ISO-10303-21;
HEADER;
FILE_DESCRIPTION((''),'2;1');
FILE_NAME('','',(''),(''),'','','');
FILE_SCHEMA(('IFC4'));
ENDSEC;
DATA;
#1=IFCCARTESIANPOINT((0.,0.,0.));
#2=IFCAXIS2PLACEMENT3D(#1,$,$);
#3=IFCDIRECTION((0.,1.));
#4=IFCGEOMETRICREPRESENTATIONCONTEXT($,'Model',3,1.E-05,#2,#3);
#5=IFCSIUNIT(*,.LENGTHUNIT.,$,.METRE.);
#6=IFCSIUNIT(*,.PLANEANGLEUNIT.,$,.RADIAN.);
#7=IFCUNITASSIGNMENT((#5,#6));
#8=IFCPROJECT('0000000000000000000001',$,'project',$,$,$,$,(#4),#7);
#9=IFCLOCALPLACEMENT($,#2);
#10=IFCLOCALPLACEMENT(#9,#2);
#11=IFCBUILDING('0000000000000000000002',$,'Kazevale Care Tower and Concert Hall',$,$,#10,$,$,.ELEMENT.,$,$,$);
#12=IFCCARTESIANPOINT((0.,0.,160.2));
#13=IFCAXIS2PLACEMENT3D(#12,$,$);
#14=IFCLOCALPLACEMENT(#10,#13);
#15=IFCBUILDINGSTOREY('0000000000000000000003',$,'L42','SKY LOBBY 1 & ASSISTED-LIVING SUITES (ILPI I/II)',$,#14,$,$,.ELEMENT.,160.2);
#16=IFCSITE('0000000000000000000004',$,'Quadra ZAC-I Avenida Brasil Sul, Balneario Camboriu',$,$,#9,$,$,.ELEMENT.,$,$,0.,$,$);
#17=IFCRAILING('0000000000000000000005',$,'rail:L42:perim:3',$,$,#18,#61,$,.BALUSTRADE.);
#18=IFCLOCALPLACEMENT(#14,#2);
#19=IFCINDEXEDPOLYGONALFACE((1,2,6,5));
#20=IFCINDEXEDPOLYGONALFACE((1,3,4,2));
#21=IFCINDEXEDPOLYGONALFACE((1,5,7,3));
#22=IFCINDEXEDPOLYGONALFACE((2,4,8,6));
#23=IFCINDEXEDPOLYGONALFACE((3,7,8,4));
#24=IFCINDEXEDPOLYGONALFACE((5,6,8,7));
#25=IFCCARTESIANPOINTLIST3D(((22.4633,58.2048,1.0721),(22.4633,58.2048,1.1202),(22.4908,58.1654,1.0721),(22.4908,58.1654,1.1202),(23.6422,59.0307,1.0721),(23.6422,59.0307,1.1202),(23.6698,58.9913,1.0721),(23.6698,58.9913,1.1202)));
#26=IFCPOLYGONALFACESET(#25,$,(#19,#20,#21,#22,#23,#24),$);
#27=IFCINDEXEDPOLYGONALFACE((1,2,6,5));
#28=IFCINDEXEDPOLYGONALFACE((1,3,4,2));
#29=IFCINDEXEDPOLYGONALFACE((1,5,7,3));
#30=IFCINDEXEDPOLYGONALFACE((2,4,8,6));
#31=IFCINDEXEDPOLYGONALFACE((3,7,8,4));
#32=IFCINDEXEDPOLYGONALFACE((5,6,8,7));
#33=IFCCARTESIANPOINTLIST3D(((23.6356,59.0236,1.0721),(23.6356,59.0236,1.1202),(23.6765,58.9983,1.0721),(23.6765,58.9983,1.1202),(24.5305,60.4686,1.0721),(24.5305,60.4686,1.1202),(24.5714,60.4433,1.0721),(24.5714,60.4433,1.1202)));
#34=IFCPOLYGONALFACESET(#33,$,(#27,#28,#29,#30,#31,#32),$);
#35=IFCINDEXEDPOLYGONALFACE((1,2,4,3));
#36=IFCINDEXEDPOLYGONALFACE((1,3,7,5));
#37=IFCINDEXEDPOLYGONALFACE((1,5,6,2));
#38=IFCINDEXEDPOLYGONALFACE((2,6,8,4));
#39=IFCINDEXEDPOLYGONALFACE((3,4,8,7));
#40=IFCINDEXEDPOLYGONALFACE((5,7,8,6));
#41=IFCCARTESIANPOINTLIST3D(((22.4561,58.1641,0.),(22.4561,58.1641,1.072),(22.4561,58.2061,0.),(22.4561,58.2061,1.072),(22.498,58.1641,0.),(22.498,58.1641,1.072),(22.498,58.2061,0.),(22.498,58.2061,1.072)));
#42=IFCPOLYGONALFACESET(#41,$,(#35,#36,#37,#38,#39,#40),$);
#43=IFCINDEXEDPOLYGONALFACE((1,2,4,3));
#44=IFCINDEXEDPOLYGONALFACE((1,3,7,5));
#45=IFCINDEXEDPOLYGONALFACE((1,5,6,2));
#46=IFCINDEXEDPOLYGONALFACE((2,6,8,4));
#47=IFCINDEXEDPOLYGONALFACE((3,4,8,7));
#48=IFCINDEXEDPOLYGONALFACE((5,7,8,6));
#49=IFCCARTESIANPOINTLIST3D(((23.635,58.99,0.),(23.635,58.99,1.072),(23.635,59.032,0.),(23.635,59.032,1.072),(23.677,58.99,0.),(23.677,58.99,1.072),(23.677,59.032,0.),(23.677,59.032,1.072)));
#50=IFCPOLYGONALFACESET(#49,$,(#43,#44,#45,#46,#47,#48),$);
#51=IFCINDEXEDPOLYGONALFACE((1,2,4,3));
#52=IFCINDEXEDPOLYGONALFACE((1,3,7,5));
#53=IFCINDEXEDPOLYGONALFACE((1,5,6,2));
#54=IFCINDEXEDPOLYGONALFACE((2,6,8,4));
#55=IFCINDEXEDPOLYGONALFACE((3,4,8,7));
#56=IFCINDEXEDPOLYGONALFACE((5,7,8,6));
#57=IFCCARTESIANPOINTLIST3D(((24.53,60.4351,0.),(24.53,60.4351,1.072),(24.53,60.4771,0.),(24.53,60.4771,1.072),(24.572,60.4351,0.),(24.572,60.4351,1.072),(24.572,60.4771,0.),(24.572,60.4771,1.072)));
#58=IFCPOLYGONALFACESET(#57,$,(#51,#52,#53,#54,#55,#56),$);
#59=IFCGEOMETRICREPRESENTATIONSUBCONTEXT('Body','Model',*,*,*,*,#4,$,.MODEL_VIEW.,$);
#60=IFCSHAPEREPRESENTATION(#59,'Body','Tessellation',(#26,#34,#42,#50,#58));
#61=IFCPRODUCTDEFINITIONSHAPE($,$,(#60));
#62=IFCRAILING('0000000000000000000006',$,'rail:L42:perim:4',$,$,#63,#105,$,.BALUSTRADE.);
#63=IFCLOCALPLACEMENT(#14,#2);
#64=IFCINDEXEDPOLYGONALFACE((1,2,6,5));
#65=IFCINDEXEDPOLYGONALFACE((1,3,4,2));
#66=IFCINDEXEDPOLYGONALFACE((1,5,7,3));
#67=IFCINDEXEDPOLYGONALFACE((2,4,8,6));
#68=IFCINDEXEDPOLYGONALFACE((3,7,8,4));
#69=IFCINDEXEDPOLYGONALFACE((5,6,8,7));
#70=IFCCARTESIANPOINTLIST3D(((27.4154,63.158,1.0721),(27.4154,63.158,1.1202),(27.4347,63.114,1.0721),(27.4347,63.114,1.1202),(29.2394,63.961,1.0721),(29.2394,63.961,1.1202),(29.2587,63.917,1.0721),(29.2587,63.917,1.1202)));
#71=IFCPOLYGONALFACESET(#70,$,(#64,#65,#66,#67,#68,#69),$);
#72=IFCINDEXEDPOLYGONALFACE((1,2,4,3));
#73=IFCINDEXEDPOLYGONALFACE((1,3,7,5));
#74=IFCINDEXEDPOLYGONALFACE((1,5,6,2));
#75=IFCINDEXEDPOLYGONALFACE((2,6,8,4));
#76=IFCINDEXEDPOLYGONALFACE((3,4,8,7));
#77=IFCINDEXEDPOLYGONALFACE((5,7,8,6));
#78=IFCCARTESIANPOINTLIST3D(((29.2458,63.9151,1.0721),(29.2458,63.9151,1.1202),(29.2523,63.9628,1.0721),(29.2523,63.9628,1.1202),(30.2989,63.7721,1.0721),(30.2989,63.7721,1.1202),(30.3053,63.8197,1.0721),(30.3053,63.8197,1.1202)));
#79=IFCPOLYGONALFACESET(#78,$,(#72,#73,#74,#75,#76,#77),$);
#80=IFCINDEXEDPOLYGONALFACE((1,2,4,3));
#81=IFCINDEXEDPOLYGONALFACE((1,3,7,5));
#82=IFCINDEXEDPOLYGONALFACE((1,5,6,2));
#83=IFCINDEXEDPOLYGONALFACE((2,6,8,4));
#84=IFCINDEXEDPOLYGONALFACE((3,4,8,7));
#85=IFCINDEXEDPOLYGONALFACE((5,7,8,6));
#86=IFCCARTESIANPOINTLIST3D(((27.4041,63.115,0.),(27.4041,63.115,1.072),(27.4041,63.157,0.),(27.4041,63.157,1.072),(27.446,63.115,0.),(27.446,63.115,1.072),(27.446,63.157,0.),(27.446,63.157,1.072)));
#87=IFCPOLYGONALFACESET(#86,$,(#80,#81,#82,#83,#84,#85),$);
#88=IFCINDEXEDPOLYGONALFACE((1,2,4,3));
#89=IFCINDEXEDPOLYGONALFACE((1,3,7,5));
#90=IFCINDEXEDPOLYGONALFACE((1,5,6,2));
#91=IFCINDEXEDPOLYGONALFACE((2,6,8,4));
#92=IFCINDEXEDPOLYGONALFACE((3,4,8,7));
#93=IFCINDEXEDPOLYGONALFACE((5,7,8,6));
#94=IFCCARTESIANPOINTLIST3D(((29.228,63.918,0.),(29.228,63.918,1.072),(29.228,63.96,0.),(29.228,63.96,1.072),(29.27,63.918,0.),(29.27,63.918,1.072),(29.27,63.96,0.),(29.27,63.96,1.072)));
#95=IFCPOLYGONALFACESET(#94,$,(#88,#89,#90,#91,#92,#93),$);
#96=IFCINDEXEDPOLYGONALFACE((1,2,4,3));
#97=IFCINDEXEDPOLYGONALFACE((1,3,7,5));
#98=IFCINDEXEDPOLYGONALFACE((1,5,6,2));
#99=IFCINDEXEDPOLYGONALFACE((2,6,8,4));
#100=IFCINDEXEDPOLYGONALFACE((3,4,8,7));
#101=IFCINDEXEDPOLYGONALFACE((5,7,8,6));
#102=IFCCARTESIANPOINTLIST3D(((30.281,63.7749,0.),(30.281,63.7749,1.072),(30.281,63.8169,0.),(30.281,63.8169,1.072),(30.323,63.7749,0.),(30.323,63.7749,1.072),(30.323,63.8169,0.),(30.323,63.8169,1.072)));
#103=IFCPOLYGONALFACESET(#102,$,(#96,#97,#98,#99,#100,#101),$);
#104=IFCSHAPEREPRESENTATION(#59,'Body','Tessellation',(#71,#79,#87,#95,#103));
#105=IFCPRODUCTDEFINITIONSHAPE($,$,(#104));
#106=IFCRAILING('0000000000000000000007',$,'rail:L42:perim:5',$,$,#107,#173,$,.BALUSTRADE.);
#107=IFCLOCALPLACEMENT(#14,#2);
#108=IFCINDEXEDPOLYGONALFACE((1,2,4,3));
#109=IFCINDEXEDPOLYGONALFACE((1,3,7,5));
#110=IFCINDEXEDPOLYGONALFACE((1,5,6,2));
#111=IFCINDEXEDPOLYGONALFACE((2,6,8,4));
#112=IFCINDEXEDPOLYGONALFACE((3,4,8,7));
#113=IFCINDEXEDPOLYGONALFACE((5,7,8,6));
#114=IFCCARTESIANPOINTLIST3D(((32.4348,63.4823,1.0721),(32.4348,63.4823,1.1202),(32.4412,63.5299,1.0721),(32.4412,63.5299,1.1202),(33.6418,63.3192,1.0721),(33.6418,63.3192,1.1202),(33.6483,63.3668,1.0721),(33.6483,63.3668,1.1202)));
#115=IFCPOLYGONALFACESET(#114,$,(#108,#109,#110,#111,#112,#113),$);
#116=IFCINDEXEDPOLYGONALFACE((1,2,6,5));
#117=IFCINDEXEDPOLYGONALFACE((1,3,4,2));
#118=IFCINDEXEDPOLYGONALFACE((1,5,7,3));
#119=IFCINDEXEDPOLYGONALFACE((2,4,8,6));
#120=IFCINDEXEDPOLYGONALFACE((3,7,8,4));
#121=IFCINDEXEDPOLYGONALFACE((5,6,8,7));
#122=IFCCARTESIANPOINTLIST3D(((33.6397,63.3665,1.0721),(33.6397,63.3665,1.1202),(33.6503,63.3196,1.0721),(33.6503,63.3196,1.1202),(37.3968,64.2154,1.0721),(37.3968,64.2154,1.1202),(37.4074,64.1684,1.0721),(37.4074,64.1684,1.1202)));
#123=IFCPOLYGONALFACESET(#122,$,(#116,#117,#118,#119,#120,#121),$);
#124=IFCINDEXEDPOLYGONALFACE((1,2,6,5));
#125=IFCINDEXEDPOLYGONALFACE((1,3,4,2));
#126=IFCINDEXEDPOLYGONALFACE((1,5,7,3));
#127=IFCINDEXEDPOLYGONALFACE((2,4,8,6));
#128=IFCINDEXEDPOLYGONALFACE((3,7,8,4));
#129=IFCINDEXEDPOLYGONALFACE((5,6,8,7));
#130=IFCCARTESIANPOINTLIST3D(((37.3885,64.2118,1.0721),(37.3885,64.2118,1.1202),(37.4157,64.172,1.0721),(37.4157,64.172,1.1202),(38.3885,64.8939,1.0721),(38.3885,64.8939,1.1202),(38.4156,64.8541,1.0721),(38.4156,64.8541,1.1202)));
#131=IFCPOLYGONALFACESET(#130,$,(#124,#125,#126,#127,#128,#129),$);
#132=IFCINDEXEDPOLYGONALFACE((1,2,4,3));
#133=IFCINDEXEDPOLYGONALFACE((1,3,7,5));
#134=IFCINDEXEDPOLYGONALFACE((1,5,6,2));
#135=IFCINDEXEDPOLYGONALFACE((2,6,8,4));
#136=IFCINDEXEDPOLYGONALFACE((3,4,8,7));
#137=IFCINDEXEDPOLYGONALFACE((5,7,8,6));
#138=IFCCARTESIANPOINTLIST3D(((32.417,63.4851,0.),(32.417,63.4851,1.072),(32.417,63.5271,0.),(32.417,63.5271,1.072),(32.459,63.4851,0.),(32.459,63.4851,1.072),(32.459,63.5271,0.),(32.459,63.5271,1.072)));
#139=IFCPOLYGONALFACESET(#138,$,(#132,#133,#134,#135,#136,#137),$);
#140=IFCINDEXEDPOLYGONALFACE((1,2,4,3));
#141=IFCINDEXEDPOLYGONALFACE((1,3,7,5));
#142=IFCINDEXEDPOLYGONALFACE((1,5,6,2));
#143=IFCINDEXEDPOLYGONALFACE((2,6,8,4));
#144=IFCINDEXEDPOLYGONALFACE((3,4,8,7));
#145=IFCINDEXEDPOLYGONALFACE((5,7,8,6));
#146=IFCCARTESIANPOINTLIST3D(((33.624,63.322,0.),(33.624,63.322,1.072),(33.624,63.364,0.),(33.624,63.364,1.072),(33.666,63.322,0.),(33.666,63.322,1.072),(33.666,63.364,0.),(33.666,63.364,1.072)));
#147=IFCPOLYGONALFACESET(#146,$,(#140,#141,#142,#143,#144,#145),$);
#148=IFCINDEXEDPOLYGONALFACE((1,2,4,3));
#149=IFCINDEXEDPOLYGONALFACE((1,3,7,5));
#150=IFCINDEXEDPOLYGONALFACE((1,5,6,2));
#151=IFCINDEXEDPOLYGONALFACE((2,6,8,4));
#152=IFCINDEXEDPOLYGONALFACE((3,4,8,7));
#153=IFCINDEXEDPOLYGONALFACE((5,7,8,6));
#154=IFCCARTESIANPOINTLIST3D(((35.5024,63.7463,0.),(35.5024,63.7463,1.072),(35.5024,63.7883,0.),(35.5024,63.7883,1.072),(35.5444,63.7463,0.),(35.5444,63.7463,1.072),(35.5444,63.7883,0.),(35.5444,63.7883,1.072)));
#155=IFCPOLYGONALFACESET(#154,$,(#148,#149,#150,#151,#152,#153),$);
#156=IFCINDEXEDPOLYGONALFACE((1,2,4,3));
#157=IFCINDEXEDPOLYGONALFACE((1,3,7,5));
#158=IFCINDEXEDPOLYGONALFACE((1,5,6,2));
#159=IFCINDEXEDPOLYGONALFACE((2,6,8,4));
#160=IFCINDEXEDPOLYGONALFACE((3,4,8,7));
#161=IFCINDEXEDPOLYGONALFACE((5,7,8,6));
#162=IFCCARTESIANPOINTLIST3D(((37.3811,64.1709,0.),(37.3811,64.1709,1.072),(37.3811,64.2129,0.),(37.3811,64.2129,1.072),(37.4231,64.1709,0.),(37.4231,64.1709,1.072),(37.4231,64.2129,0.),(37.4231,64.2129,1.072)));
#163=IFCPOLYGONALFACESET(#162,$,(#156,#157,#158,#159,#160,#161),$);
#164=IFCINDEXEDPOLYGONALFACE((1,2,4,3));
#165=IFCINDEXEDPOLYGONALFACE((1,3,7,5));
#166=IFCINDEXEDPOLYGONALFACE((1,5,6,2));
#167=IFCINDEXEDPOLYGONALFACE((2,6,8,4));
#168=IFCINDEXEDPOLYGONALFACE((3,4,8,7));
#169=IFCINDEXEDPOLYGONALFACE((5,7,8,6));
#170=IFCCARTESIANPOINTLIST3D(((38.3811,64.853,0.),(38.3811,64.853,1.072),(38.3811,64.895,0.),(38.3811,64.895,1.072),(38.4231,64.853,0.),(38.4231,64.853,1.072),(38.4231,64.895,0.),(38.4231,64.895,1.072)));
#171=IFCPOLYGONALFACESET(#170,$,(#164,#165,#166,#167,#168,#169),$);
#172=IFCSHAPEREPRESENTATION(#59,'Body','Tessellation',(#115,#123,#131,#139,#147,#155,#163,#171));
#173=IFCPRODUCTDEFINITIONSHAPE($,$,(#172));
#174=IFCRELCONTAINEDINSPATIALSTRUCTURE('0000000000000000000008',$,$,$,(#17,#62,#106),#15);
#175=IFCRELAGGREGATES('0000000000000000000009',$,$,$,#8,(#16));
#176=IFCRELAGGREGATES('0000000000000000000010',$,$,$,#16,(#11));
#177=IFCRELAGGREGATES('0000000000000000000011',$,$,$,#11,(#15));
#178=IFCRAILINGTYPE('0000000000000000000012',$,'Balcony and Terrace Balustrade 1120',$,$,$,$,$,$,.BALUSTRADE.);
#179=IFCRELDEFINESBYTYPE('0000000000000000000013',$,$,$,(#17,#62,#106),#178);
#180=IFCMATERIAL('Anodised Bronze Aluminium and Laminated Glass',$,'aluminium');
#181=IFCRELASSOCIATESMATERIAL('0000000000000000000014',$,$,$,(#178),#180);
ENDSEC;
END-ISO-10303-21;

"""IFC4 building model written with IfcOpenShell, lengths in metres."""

from ifc_helpers import new_model, si_unit, direction, frame, origin, origin_2d, place, context, subcontext, project, spatial, rectangle, extrude, material, type_object, element, save


model = new_model("IFC4")

# Units and contexts
model_context = context("Model", 3, precision=1e-05, world=origin(), true_north=direction((0.0, 1.0)))
body_context = subcontext(model_context, "Body", "Model", "MODEL_VIEW")
ifc_project = project(units=[si_unit("LENGTHUNIT", "METRE"), si_unit("PLANEANGLEUNIT", "RADIAN")], contexts=[model_context])

# Site, building, storey
site_placement = place(None, origin())
site = spatial("IfcSite", under=ifc_project, at=site_placement, Name="Quadra ZAC-I Avenida Brasil Sul, Balneario Camboriu", CompositionType="ELEMENT", RefElevation=0.0)
building_placement = place(site_placement, origin())
building = spatial("IfcBuilding", under=site, at=building_placement, Name="Kazevale Care Tower and Concert Hall", CompositionType="ELEMENT")
storey_placement = place(building_placement, frame((0.0, 0.0, 160.2)))
storey = spatial("IfcBuildingStorey", under=building, at=storey_placement, Name="L42", Description="SKY LOBBY 1 & ASSISTED-LIVING SUITES (ILPI I/II)", CompositionType="ELEMENT", Elevation=160.2)

# Railings
ifc_material_1 = material(Name="Anodised Bronze Aluminium and Laminated Glass", Category="aluminium")
railing_type = type_object("IfcRailingType", Name="Balcony and Terrace Balustrade 1120", PredefinedType="BALUSTRADE", material=ifc_material_1)
railing_1_placement = place(storey_placement, frame((22.4771, 58.1851, 0.0)))
element("IfcRailing", 1, at=railing_1_placement, inside=storey, type_object=railing_type, Name="rail:L42:perim:3", PredefinedType="BALUSTRADE", context=body_context, shape_type="SweptSolid", body=[
    extrude(rectangle(XDim=0.0481, YDim=0.0481, at=origin_2d()), frame((0.0, 0.0, 1.0962), z_axis=(0.819017, 0.57377, 0.0), x_axis=(-0.57377, 0.819017, 0.0)), (0.0, 0.0, 1.0), 1.4395),
    extrude(rectangle(XDim=0.0481, YDim=0.0481, at=origin_2d()), frame((1.179, 0.8259, 1.0962), z_axis=(0.526547, 0.850146, 0.0), x_axis=(-0.850146, 0.526547, 0.0)), (0.0, 0.0, 1.0), 1.6997),
    extrude(rectangle(XDim=0.042, YDim=0.042, at=origin_2d()), origin(), (0.0, 0.0, 1.0), 1.072),
    extrude(rectangle(XDim=0.042, YDim=0.042, at=origin_2d()), frame((1.179, 0.8259, 0.0)), (0.0, 0.0, 1.0), 1.072),
    extrude(rectangle(XDim=0.042, YDim=0.042, at=origin_2d()), frame((2.074, 2.271, 0.0)), (0.0, 0.0, 1.0), 1.072),
])
railing_2_placement = place(storey_placement, frame((27.425, 63.136, 0.0)))
element("IfcRailing", 2, at=railing_2_placement, inside=storey, type_object=railing_type, Name="rail:L42:perim:4", PredefinedType="BALUSTRADE", context=body_context, shape_type="SweptSolid", body=[
    extrude(rectangle(XDim=0.0481, YDim=0.0481, at=origin_2d()), frame((0.0, 0.0, 1.0962), z_axis=(0.915236, 0.402919, 0.0), x_axis=(-0.402919, 0.915236, 0.0)), (0.0, 0.0, 1.0), 1.9929),
    extrude(rectangle(XDim=0.0481, YDim=0.0481, at=origin_2d()), frame((1.824, 0.803, 1.0962), z_axis=(0.990896, -0.134631, 0.0), x_axis=(0.134631, 0.990896, 0.0)), (0.0, 0.0, 1.0), 1.0627),
    extrude(rectangle(XDim=0.042, YDim=0.042, at=origin_2d()), origin(), (0.0, 0.0, 1.0), 1.072),
    extrude(rectangle(XDim=0.042, YDim=0.042, at=origin_2d()), frame((1.824, 0.803, 0.0)), (0.0, 0.0, 1.0), 1.072),
    extrude(rectangle(XDim=0.042, YDim=0.042, at=origin_2d()), frame((2.877, 0.6599, 0.0)), (0.0, 0.0, 1.0), 1.072),
])
railing_3_placement = place(storey_placement, frame((32.438, 63.5061, 0.0)))
element("IfcRailing", 3, at=railing_3_placement, inside=storey, type_object=railing_type, Name="rail:L42:perim:5", PredefinedType="BALUSTRADE", context=body_context, shape_type="SweptSolid", body=[
    extrude(rectangle(XDim=0.0481, YDim=0.0481, at=origin_2d()), frame((0.0, 0.0, 1.0962), z_axis=(0.990995, -0.133897, 0.0), x_axis=(0.133897, 0.990995, 0.0)), (0.0, 0.0, 1.0), 1.218),
    extrude(rectangle(XDim=0.0481, YDim=0.0481, at=origin_2d()), frame((1.207, -0.1631, 1.0962), z_axis=(0.975413, 0.220385, 0.0), x_axis=(-0.220385, 0.975413, 0.0)), (0.0, 0.0, 1.0), 3.8518),
    extrude(rectangle(XDim=0.0481, YDim=0.0481, at=origin_2d()), frame((4.9641, 0.6858, 1.0962), z_axis=(0.826108, 0.563512, 0.0), x_axis=(-0.563512, 0.826108, 0.0)), (0.0, 0.0, 1.0), 1.2104),
    extrude(rectangle(XDim=0.042, YDim=0.042, at=origin_2d()), origin(), (0.0, 0.0, 1.0), 1.072),
    extrude(rectangle(XDim=0.042, YDim=0.042, at=origin_2d()), frame((1.207, -0.1631, 0.0)), (0.0, 0.0, 1.0), 1.072),
    extrude(rectangle(XDim=0.042, YDim=0.042, at=origin_2d()), frame((3.0854, 0.2612, 0.0)), (0.0, 0.0, 1.0), 1.072),
    extrude(rectangle(XDim=0.042, YDim=0.042, at=origin_2d()), frame((4.9641, 0.6858, 0.0)), (0.0, 0.0, 1.0), 1.072),
    extrude(rectangle(XDim=0.042, YDim=0.042, at=origin_2d()), frame((5.9641, 1.3679, 0.0)), (0.0, 0.0, 1.0), 1.072),
])

save(model, "model.ifc")
